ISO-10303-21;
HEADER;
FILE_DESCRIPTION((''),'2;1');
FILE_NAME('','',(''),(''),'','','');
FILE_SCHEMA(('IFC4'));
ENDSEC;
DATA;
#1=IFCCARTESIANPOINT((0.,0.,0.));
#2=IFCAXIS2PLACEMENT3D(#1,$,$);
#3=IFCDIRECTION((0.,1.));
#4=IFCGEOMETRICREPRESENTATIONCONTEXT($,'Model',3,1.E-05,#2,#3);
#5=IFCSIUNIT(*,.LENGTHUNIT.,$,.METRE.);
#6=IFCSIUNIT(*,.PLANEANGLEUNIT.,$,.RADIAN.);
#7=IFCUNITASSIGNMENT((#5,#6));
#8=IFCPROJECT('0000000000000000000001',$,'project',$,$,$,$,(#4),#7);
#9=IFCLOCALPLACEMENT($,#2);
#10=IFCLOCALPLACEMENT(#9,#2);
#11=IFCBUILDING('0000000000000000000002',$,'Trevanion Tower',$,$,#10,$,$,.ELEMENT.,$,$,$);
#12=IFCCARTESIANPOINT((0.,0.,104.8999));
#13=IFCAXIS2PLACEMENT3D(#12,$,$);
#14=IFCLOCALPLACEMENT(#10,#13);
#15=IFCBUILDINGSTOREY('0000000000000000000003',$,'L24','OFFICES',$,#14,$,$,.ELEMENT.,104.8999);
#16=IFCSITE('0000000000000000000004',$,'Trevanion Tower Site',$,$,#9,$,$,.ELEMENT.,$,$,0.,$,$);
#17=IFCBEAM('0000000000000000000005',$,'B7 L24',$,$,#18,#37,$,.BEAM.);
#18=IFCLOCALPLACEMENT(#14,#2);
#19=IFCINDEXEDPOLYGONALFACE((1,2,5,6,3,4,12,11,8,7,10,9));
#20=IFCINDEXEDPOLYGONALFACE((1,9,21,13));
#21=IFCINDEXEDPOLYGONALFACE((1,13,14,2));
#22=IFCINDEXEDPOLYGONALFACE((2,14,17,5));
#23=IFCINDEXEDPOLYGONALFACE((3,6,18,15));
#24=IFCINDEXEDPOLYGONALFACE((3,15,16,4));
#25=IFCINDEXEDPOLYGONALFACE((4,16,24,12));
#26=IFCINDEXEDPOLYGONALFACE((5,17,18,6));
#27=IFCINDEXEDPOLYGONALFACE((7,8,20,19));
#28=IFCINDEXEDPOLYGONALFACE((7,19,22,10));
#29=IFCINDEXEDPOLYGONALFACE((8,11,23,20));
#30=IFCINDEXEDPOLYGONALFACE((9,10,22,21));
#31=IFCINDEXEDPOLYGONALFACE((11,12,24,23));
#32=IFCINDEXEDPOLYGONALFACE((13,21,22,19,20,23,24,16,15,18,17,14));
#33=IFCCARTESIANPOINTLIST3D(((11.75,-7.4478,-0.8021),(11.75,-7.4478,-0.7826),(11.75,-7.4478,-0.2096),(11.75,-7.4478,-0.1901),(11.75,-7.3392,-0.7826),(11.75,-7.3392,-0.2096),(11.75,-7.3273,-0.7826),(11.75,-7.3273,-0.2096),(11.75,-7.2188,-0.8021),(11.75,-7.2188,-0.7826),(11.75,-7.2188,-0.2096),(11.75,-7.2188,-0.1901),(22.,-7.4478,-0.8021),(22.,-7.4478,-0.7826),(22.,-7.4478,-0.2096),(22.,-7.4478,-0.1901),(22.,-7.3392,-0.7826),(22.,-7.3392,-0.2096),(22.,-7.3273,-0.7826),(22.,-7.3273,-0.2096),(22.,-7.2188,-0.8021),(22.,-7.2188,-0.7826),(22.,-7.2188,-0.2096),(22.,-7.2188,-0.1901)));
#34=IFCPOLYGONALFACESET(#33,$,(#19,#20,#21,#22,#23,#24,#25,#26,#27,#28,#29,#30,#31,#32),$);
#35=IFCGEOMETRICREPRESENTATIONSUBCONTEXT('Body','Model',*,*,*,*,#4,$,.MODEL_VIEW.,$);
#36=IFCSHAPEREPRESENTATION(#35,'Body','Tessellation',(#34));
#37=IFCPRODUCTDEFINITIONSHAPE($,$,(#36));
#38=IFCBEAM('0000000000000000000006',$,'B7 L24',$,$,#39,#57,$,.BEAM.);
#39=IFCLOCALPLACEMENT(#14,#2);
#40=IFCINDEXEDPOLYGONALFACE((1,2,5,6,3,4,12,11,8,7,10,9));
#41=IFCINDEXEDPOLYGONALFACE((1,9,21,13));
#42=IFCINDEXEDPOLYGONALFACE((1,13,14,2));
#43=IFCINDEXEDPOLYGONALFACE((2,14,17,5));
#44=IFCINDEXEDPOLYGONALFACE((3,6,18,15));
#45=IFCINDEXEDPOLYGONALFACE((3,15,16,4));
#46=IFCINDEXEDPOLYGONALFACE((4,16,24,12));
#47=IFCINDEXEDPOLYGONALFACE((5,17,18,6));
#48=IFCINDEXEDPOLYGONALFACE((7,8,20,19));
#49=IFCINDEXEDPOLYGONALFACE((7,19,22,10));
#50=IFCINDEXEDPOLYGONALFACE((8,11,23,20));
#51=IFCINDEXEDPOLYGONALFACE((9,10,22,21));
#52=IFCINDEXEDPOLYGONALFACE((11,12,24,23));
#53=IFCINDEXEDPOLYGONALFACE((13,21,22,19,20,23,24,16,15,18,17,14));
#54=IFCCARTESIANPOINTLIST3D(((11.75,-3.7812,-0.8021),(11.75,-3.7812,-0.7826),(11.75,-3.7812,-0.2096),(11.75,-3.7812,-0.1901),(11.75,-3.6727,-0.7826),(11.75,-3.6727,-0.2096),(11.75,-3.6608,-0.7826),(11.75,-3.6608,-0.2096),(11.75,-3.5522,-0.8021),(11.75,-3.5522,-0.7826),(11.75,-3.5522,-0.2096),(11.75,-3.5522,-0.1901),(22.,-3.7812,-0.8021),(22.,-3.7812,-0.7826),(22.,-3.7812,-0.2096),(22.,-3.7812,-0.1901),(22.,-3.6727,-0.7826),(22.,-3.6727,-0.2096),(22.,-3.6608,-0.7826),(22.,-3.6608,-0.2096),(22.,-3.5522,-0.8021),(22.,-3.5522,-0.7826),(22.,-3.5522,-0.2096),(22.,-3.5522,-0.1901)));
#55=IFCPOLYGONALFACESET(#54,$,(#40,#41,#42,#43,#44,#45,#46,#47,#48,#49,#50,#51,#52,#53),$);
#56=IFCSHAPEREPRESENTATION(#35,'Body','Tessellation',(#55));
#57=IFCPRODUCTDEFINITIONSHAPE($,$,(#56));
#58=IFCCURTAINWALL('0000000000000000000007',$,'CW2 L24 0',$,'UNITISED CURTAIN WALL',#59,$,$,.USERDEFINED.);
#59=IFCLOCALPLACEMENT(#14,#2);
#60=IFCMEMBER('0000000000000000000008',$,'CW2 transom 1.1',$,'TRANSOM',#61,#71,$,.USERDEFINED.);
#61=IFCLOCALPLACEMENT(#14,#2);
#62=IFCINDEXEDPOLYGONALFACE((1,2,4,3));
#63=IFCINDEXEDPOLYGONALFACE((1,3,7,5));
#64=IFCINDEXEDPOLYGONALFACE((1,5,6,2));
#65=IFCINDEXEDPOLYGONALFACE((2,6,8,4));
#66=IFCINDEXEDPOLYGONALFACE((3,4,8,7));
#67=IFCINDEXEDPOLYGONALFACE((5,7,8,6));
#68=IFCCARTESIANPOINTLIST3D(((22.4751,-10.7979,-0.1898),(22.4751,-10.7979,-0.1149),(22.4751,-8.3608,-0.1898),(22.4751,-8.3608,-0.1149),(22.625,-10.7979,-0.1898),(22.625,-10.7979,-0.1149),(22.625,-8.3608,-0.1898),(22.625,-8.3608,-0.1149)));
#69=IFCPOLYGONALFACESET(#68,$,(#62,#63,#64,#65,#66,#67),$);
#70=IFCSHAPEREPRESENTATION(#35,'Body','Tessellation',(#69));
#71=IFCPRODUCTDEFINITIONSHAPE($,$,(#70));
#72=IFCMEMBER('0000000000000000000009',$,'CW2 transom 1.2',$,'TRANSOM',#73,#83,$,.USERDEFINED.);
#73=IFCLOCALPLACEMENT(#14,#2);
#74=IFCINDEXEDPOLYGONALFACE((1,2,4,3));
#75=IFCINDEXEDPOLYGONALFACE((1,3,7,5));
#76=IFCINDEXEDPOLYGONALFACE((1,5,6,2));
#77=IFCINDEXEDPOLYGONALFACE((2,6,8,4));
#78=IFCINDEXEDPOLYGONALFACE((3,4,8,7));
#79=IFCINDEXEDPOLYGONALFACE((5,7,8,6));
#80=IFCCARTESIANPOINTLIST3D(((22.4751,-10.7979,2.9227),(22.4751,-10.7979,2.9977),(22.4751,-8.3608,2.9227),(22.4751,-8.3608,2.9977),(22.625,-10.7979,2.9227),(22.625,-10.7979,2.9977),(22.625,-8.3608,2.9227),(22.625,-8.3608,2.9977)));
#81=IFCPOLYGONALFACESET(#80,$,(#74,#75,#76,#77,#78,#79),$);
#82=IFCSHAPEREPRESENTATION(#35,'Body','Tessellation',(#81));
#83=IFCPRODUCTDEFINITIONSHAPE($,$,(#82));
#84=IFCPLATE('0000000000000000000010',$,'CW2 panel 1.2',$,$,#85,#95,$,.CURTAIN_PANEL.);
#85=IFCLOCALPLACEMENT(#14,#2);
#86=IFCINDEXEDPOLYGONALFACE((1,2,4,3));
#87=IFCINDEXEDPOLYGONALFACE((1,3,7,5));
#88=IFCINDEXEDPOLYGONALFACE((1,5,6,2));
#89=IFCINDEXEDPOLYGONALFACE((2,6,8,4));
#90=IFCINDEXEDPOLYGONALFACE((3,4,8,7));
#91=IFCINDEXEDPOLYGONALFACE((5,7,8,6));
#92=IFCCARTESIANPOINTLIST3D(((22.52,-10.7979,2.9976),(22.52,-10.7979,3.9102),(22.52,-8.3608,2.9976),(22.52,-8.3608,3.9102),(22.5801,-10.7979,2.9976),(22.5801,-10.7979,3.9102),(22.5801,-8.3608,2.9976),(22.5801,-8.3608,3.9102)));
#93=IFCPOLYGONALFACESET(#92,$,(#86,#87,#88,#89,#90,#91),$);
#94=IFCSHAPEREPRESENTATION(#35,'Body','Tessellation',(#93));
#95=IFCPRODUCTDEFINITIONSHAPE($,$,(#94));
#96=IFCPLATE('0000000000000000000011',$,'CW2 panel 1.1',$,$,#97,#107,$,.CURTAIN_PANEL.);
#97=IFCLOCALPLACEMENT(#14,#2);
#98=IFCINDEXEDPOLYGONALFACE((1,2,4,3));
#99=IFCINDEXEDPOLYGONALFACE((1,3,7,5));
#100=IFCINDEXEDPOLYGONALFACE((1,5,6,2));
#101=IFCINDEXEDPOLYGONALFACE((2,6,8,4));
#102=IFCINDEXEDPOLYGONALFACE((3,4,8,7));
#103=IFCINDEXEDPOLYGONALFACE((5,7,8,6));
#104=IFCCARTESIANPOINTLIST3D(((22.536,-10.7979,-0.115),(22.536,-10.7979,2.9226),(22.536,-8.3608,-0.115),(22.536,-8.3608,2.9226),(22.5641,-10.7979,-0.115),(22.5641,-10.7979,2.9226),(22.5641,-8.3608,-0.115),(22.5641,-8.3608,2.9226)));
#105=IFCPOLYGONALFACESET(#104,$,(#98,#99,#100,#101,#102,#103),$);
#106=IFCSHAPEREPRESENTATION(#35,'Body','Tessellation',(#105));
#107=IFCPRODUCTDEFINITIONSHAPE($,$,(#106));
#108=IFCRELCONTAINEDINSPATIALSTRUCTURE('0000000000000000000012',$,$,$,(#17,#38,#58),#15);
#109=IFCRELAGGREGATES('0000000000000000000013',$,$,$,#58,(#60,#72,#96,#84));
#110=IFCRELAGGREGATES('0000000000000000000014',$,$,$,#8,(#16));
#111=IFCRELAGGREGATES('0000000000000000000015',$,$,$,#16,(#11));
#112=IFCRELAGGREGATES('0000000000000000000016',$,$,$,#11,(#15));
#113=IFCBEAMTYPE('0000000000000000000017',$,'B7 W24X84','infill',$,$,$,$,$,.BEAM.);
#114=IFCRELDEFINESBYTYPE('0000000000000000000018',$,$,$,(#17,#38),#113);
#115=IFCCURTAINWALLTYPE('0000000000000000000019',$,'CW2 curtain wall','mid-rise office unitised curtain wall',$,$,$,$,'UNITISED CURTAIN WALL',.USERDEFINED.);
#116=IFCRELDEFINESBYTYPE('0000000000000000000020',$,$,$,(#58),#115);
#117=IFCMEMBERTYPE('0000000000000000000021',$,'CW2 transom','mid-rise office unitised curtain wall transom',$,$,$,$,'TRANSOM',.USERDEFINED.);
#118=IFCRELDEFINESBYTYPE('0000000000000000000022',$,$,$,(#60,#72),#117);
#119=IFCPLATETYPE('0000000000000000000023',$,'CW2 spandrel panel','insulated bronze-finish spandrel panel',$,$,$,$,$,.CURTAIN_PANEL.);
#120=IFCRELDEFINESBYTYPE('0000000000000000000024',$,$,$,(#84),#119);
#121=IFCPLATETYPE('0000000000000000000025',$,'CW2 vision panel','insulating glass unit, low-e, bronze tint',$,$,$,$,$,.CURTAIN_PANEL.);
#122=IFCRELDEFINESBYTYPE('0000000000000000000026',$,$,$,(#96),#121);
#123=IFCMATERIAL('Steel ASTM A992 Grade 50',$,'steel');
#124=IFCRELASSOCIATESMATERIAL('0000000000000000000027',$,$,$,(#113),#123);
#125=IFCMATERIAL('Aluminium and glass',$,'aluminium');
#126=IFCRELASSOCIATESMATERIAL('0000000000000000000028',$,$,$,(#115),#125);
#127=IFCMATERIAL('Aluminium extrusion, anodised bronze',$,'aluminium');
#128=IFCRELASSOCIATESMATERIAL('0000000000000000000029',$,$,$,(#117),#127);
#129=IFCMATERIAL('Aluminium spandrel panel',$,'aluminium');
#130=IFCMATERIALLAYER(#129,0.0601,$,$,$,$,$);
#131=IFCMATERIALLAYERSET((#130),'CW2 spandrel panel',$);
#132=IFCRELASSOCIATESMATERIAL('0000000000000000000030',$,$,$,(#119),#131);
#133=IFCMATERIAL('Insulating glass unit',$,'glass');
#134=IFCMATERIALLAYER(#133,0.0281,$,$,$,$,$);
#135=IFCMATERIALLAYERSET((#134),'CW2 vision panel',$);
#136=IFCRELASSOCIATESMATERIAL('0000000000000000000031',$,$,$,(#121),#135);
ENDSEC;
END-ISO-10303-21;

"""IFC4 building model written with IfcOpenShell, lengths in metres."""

from ifc_helpers import new_model, si_unit, direction, frame, origin, origin_2d, place, context, subcontext, project, spatial, rectangle, i_section, extrude, material, layer, layer_set, material_profile, profile_set, type_object, element, aggregate, save


model = new_model("IFC4")

# Units and contexts
model_context = context("Model", 3, precision=1e-05, world=origin(), true_north=direction((0.0, 1.0)))
body_context = subcontext(model_context, "Body", "Model", "MODEL_VIEW")
ifc_project = project(units=[si_unit("LENGTHUNIT", "METRE"), si_unit("PLANEANGLEUNIT", "RADIAN")], contexts=[model_context])

# Site, building, storey
site_placement = place(None, origin())
site = spatial("IfcSite", under=ifc_project, at=site_placement, Name="Trevanion Tower Site", CompositionType="ELEMENT", RefElevation=0.0)
building_placement = place(site_placement, origin())
building = spatial("IfcBuilding", under=site, at=building_placement, Name="Trevanion Tower", CompositionType="ELEMENT")
storey_placement = place(building_placement, frame((0.0, 0.0, 104.8999)))
storey = spatial("IfcBuildingStorey", under=building, at=storey_placement, Name="L24", Description="OFFICES", CompositionType="ELEMENT", Elevation=104.8999)

# Beams
ifc_material_1 = material(Name="Steel ASTM A992 Grade 50", Category="steel")
ifc_material_profile_1 = material_profile(ifc_material_1, i_section(OverallWidth=0.229, OverallDepth=0.6121, WebThickness=0.012, FlangeThickness=0.0195, at=origin_2d()), Name="W24X84")
ifc_profile_set_1 = profile_set([ifc_material_profile_1], Name="Steel ASTM A992 Grade 50")
beam_type = type_object("IfcBeamType", Name="B7 W24X84", Description="infill", PredefinedType="BEAM", material=ifc_profile_set_1)
for number, where, z_axis, x_axis, name in (
    (1, (11.75, -7.3333, -0.4961), (1.0, 0.0, 0.0), (0.0, 1.0, 0.0), "B7 L24"),
    (2, (11.75, -3.6667, -0.4961), (1.0, 0.0, 0.0), (0.0, 1.0, 0.0), "B7 L24"),
):
    element("IfcBeam", number, at=place(storey_placement, frame(where, z_axis=z_axis, x_axis=x_axis)), inside=storey, type_object=beam_type, Name=name, PredefinedType="BEAM", context=body_context, shape_type="SweptSolid", body=[
        extrude(i_section(OverallWidth=0.229, OverallDepth=0.6121, WebThickness=0.012, FlangeThickness=0.0195, at=origin_2d()), origin(), (0.0, 0.0, 1.0), 10.25),
    ])

# Curtain wall, members, plates
ifc_material_2 = material(Name="Aluminium and glass", Category="aluminium")
curtain_wall_type = type_object("IfcCurtainWallType", Name="CW2 curtain wall", Description="mid-rise office unitised curtain wall", ElementType="UNITISED CURTAIN WALL", PredefinedType="USERDEFINED", material=ifc_material_2)
curtain_wall_placement = place(storey_placement, origin())
curtain_wall = element("IfcCurtainWall", 3, at=curtain_wall_placement, inside=storey, type_object=curtain_wall_type, Name="CW2 L24 0", ObjectType="UNITISED CURTAIN WALL", PredefinedType="USERDEFINED")
ifc_material_3 = material(Name="Aluminium extrusion, anodised bronze", Category="aluminium")
ifc_material_profile_2 = material_profile(ifc_material_3, rectangle(XDim=0.1499, YDim=0.075, at=origin_2d()), Name="CW2 transom")
ifc_profile_set_2 = profile_set([ifc_material_profile_2], Name="Aluminium extrusion, anodised bronze")
member_type = type_object("IfcMemberType", Name="CW2 transom", Description="mid-rise office unitised curtain wall transom", ElementType="TRANSOM", PredefinedType="USERDEFINED", material=ifc_profile_set_2)
member_1_placement = place(storey_placement, frame((22.55, -10.7979, -0.1523), z_axis=(0.0, 1.0, 0.0), x_axis=(-1.0, 0.0, 0.0)))
member_1 = element("IfcMember", 4, at=member_1_placement, type_object=member_type, Name="CW2 transom 1.1", ObjectType="TRANSOM", PredefinedType="USERDEFINED", context=body_context, shape_type="SweptSolid", body=[
    extrude(rectangle(XDim=0.1499, YDim=0.075, at=origin_2d()), origin(), (0.0, 0.0, 1.0), 2.437),
])
member_2_placement = place(storey_placement, frame((22.55, -10.7979, 2.9602), z_axis=(0.0, 1.0, 0.0), x_axis=(-1.0, 0.0, 0.0)))
member_2 = element("IfcMember", 5, at=member_2_placement, type_object=member_type, Name="CW2 transom 1.2", ObjectType="TRANSOM", PredefinedType="USERDEFINED", context=body_context, shape_type="SweptSolid", body=[
    extrude(rectangle(XDim=0.1499, YDim=0.075, at=origin_2d()), origin(), (0.0, 0.0, 1.0), 2.437),
])
ifc_material_4 = material(Name="Aluminium spandrel panel", Category="aluminium")
ifc_layer_1 = layer(ifc_material_4, 0.0601)
ifc_layer_set_1 = layer_set([ifc_layer_1], Name="CW2 spandrel panel")
plate_type_1 = type_object("IfcPlateType", Name="CW2 spandrel panel", Description="insulated bronze-finish spandrel panel", PredefinedType="CURTAIN_PANEL", material=ifc_layer_set_1)
plate_1_placement = place(storey_placement, frame((22.55, -9.5793, 2.9976), z_axis=(0.0, 0.0, 1.0), x_axis=(0.0, 1.0, 0.0)))
plate_1 = element("IfcPlate", 6, at=plate_1_placement, type_object=plate_type_1, Name="CW2 panel 1.2", PredefinedType="CURTAIN_PANEL", context=body_context, shape_type="SweptSolid", body=[
    extrude(rectangle(XDim=2.437, YDim=0.0601, at=origin_2d()), origin(), (0.0, 0.0, 1.0), 0.9126),
])
ifc_material_5 = material(Name="Insulating glass unit", Category="glass")
ifc_layer_2 = layer(ifc_material_5, 0.0281)
ifc_layer_set_2 = layer_set([ifc_layer_2], Name="CW2 vision panel")
plate_type_2 = type_object("IfcPlateType", Name="CW2 vision panel", Description="insulating glass unit, low-e, bronze tint", PredefinedType="CURTAIN_PANEL", material=ifc_layer_set_2)
plate_2_placement = place(storey_placement, frame((22.55, -9.5793, -0.115), z_axis=(0.0, 0.0, 1.0), x_axis=(0.0, 1.0, 0.0)))
plate_2 = element("IfcPlate", 7, at=plate_2_placement, type_object=plate_type_2, Name="CW2 panel 1.1", PredefinedType="CURTAIN_PANEL", context=body_context, shape_type="SweptSolid", body=[
    extrude(rectangle(XDim=2.437, YDim=0.0281, at=origin_2d()), origin(), (0.0, 0.0, 1.0), 3.0376),
])
aggregate(curtain_wall, [member_1, member_2, plate_2, plate_1])

save(model, "model.ifc")
